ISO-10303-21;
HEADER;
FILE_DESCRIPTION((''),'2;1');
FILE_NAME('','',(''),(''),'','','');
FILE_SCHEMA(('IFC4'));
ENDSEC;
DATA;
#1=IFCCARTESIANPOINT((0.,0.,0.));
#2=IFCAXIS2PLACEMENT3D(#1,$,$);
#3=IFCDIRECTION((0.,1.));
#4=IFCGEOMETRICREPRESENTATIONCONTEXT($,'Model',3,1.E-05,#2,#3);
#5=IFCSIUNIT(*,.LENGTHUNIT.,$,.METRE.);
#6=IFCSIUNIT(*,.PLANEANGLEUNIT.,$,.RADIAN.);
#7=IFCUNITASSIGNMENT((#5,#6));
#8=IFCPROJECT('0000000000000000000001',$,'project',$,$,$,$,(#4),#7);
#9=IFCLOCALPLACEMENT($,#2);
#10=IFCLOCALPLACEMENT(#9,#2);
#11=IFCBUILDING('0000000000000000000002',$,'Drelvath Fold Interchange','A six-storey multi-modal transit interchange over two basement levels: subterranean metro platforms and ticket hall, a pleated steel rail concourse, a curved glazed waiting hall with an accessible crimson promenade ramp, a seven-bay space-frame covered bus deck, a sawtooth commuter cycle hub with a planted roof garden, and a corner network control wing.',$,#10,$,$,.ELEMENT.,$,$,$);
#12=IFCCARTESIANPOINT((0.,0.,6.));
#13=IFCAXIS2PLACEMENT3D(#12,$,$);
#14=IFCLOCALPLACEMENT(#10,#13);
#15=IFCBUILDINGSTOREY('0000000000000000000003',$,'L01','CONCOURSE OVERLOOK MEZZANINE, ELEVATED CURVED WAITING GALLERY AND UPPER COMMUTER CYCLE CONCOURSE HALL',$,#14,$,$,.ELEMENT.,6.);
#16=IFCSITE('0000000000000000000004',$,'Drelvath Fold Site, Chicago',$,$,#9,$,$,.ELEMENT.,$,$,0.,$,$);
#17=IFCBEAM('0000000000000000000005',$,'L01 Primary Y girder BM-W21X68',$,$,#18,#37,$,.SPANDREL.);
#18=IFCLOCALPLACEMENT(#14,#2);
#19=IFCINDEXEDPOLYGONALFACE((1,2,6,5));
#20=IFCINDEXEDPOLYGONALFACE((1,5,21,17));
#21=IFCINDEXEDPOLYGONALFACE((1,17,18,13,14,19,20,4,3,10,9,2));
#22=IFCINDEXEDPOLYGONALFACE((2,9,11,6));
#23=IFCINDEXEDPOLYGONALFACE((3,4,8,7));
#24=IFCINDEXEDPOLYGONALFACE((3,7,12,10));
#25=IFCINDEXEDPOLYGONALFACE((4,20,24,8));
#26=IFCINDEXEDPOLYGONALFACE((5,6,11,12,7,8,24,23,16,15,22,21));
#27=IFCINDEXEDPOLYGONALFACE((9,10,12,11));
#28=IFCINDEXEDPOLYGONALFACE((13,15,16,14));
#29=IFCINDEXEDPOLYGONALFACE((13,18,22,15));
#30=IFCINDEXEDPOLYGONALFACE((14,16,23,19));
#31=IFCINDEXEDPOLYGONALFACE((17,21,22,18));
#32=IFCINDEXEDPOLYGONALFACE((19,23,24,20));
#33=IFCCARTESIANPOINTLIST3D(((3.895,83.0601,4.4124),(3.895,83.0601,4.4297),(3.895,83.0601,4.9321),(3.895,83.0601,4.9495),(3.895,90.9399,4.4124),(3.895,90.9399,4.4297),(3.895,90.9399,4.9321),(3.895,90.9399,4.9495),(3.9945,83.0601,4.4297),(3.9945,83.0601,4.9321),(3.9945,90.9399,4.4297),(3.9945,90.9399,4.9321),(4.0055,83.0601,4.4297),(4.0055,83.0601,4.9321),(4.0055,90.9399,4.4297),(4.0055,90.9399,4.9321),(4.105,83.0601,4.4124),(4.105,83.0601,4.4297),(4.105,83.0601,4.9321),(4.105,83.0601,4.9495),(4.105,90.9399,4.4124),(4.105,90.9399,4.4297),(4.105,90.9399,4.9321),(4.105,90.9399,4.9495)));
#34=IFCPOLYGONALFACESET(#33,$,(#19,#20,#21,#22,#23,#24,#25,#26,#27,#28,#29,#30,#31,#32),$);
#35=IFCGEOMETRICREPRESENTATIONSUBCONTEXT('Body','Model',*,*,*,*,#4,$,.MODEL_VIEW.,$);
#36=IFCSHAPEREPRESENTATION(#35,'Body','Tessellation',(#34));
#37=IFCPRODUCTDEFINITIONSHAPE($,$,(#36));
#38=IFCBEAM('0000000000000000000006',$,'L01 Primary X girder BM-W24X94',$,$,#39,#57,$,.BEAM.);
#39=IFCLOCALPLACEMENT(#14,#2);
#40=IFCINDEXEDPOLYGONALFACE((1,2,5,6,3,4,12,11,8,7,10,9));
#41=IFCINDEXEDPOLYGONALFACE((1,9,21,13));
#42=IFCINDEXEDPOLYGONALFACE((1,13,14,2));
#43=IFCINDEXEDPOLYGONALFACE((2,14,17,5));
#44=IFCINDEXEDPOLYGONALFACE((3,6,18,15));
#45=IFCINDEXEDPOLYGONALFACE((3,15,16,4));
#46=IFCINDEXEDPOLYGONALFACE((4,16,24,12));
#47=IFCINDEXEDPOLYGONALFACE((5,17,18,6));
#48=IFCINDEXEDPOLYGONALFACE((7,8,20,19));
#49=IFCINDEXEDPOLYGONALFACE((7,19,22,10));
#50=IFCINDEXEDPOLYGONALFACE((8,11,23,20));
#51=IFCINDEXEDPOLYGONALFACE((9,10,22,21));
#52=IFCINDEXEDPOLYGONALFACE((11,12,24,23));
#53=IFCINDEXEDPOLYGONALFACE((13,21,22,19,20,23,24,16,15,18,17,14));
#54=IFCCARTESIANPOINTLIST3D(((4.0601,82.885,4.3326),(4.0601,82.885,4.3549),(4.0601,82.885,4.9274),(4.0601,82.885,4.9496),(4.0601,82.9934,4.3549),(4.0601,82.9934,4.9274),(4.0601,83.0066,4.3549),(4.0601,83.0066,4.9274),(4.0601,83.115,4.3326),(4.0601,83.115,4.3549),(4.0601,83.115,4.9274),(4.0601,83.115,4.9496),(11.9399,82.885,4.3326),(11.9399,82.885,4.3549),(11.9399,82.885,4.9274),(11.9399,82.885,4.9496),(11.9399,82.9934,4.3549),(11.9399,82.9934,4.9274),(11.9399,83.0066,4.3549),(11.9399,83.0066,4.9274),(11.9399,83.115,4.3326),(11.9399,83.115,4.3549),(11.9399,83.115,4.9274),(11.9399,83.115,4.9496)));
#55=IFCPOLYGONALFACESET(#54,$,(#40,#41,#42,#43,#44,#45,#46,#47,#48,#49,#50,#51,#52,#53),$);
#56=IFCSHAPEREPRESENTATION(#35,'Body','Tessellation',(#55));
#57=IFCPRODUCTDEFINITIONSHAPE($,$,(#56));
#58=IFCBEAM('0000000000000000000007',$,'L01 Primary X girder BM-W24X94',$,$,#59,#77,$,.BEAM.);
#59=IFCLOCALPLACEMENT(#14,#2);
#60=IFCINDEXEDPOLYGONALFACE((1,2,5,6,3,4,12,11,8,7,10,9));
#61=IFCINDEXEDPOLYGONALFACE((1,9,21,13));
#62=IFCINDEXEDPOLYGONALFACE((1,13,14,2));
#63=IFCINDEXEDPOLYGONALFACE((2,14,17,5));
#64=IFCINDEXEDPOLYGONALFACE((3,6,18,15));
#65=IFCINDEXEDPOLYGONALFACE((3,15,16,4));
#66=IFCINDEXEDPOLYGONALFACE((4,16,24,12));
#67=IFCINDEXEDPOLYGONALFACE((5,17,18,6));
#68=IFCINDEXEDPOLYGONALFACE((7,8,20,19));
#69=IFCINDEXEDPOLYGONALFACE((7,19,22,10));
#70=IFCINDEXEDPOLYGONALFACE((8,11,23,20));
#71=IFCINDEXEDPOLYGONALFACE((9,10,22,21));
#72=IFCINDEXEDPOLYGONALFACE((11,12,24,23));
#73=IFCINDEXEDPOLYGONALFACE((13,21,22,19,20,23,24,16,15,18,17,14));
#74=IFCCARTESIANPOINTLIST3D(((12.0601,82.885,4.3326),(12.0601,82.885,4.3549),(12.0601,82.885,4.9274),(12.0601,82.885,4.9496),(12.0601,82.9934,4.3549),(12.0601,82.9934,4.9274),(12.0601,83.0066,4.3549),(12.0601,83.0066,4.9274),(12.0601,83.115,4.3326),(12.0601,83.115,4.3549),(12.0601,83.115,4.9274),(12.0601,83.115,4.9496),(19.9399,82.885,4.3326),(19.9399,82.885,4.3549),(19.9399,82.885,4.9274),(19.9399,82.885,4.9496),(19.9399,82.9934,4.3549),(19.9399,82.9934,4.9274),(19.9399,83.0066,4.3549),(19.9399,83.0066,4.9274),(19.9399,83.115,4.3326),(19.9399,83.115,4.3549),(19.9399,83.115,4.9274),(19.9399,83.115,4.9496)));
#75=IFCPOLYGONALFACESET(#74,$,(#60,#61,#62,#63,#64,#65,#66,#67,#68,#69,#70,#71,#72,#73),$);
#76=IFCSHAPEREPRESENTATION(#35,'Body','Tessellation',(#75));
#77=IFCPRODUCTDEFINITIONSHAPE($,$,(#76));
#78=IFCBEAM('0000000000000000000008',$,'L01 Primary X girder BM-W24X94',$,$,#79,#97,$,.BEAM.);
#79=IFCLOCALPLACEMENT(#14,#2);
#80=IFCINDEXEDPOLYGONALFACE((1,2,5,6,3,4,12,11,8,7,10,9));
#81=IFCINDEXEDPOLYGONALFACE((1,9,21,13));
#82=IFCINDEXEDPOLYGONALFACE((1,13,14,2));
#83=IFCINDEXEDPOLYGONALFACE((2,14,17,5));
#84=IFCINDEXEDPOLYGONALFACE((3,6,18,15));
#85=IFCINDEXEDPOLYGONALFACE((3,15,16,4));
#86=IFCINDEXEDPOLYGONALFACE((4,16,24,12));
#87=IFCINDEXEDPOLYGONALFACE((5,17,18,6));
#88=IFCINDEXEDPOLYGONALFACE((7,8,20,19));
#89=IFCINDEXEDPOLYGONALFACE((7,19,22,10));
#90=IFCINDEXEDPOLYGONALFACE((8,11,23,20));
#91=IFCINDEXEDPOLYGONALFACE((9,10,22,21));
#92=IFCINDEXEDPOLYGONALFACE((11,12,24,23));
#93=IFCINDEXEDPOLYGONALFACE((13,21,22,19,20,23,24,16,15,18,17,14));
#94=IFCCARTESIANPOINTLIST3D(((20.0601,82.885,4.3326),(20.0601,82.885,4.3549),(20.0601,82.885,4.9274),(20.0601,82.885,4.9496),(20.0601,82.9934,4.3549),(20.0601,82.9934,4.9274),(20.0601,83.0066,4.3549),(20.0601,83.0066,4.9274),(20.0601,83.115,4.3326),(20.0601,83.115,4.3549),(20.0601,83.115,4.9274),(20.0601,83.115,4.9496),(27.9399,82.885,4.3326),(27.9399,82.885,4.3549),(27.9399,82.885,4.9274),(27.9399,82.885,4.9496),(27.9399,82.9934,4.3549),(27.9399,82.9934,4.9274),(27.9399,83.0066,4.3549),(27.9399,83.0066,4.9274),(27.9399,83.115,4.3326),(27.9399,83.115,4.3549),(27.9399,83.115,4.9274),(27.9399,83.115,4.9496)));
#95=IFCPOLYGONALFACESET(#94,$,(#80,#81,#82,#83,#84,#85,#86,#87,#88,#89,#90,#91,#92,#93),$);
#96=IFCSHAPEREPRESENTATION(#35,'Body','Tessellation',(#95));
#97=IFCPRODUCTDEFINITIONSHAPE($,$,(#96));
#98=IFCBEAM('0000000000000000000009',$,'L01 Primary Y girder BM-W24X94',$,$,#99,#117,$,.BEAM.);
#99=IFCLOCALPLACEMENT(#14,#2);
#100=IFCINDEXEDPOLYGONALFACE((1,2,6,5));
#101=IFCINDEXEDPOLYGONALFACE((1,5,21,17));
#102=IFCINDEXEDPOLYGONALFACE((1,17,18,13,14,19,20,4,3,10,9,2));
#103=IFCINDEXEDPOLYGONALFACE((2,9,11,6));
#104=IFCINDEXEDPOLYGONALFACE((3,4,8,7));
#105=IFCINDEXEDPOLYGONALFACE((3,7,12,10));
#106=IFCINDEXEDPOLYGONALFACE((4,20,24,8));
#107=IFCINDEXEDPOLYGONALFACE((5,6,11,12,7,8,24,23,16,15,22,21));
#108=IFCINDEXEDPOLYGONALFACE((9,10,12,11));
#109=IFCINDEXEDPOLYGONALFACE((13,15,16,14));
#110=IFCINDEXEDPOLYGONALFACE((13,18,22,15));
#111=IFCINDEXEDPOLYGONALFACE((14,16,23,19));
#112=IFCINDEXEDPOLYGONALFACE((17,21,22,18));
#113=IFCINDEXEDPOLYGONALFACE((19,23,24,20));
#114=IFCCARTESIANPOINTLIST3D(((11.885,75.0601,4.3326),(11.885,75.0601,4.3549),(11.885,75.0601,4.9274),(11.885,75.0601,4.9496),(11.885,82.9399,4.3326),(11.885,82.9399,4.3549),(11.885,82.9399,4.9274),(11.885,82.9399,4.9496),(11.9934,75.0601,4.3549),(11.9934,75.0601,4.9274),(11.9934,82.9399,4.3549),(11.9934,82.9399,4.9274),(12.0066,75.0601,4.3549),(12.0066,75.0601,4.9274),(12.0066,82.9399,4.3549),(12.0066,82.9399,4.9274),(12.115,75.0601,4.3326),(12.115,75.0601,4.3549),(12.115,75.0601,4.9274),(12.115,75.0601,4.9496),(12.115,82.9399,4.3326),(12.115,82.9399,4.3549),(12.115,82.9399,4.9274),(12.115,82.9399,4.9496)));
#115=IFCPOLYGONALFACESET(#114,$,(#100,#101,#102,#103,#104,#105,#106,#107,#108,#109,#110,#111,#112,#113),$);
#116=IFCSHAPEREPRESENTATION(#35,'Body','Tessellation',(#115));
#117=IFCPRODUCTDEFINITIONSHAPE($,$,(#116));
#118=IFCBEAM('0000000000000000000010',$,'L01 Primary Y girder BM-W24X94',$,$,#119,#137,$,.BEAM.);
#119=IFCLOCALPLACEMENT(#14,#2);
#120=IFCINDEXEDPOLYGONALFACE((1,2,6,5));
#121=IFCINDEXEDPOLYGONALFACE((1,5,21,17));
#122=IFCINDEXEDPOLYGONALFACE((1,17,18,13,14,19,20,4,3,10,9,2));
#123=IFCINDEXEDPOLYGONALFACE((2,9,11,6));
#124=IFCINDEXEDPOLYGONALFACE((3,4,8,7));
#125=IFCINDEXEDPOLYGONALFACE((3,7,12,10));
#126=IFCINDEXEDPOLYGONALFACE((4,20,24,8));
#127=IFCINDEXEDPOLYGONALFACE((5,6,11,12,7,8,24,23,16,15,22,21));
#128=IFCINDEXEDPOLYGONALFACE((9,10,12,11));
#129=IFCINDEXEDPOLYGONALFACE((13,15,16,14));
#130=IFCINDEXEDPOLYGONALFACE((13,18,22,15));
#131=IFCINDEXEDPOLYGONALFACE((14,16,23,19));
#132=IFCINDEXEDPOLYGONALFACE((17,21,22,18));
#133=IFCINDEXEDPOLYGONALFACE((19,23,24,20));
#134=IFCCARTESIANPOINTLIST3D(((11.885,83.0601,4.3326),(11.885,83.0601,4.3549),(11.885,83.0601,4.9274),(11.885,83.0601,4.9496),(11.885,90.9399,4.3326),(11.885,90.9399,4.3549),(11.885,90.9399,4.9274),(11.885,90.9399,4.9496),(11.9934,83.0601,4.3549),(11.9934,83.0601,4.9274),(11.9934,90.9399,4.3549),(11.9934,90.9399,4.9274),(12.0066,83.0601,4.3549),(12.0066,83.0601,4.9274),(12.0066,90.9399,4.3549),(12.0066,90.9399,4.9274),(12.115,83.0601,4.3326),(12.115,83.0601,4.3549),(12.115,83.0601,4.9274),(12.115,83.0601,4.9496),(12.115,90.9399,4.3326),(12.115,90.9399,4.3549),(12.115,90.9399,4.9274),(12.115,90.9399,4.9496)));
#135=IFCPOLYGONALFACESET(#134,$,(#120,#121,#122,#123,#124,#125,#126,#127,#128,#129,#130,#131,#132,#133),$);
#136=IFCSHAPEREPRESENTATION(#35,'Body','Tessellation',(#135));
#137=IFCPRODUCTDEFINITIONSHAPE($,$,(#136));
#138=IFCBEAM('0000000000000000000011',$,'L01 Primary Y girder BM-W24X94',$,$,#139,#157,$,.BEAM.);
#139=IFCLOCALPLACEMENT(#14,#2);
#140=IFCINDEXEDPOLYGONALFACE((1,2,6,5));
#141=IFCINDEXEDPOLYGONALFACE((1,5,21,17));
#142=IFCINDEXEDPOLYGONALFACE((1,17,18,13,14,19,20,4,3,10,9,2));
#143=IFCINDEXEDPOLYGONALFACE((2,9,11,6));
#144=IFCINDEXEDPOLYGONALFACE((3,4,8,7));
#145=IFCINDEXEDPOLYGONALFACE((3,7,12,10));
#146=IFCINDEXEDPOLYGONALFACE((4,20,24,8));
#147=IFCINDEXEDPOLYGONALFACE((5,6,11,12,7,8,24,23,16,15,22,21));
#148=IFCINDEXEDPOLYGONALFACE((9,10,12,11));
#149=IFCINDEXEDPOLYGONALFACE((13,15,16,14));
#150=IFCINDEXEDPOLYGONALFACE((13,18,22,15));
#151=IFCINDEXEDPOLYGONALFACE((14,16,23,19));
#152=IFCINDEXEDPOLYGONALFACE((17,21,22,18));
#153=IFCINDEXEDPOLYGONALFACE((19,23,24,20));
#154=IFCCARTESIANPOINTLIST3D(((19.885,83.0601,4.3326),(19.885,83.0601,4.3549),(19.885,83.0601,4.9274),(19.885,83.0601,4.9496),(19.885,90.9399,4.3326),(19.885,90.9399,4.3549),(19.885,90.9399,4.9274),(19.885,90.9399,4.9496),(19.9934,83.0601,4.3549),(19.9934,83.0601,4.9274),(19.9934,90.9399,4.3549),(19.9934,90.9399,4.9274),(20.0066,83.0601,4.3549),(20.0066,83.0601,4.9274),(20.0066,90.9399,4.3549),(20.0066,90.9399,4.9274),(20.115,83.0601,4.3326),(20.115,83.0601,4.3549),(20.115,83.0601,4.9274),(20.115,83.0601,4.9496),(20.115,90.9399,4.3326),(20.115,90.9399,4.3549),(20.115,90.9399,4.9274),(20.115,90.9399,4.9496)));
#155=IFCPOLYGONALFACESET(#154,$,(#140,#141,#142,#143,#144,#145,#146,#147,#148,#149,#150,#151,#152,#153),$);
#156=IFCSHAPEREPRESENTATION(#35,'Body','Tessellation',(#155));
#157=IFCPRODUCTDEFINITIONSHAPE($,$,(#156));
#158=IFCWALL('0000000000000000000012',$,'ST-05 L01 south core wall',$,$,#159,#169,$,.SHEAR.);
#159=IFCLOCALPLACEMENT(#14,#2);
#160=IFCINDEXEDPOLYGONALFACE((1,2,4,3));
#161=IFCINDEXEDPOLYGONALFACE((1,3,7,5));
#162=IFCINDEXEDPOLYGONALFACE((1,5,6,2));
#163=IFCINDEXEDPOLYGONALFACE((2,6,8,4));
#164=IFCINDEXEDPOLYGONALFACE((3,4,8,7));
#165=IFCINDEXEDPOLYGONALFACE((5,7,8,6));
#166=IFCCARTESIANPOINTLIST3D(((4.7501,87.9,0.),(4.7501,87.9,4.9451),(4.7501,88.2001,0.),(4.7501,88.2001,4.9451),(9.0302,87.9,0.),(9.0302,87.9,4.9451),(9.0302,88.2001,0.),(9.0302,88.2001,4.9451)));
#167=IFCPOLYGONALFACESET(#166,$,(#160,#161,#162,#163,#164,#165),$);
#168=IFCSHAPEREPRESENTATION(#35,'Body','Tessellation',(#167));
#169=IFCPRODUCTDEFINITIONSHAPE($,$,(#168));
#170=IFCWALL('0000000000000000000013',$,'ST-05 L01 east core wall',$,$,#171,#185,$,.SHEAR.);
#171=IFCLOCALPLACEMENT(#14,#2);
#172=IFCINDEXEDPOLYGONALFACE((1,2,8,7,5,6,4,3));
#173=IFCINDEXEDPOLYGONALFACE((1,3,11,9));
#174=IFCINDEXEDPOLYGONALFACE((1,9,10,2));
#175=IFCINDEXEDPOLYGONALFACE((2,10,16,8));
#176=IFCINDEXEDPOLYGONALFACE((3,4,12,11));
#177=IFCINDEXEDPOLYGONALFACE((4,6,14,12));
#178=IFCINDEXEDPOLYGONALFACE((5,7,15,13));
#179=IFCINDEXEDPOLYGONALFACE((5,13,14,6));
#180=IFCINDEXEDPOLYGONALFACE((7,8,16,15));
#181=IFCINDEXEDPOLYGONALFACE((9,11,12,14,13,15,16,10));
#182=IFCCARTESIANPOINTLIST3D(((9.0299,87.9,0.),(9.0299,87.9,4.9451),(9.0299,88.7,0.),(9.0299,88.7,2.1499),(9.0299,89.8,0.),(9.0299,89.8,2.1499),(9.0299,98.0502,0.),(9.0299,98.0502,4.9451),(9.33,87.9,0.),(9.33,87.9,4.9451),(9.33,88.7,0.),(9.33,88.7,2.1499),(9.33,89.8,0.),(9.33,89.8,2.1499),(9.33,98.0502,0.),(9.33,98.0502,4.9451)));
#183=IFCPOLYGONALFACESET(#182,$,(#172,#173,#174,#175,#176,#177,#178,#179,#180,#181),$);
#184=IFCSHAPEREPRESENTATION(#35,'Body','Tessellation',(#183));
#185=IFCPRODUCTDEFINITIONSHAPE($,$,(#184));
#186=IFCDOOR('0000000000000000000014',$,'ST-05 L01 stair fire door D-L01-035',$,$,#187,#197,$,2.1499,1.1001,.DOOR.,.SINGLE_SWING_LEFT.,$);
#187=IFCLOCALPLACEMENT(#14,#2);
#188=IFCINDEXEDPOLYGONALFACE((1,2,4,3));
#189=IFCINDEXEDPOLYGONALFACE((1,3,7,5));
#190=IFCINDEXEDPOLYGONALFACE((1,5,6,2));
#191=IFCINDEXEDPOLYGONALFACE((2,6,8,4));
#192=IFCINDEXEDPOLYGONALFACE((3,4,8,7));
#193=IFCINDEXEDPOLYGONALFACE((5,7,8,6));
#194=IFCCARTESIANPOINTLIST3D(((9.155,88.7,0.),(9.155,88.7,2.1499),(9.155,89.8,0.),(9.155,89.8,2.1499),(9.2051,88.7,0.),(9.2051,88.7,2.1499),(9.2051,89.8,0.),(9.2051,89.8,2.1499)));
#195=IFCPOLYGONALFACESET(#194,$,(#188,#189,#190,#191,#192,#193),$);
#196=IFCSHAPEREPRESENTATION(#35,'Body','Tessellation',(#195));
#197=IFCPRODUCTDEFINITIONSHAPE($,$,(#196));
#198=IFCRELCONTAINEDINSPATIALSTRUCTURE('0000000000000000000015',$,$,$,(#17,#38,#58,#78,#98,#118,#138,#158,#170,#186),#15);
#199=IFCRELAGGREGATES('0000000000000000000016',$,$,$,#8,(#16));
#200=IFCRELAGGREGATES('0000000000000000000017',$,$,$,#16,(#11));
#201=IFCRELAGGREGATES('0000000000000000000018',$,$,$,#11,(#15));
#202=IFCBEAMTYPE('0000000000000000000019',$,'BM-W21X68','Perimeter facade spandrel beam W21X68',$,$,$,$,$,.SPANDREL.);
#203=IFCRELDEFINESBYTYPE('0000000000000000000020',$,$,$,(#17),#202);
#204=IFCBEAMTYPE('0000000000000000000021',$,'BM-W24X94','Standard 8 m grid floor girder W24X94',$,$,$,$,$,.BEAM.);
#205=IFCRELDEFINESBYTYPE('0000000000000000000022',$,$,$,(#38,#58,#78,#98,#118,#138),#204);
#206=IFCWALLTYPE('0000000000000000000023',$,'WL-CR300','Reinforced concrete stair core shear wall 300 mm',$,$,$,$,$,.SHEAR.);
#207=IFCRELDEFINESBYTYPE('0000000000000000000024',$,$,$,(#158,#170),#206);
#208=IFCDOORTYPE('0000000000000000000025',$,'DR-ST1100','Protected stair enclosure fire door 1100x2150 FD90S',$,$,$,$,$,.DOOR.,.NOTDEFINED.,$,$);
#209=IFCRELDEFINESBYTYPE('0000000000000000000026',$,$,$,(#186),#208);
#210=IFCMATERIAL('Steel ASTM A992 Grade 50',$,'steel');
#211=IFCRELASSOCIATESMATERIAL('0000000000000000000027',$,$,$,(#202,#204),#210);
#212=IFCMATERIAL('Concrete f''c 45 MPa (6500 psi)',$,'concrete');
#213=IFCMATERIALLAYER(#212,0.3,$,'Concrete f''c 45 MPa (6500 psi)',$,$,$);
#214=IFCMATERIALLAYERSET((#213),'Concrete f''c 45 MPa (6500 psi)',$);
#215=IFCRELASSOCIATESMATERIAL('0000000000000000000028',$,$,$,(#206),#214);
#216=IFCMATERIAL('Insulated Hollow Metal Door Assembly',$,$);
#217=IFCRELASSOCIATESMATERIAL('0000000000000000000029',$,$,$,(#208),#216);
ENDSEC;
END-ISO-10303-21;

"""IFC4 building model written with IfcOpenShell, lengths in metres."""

from ifc_helpers import new_model, si_unit, direction, frame, frame_2d, origin, origin_2d, place, context, subcontext, project, spatial, rectangle, i_section, extrude, material, layer, layer_set, material_profile, profile_set, type_object, element, fill, save


model = new_model("IFC4")

# Units and contexts
model_context = context("Model", 3, precision=1e-05, world=origin(), true_north=direction((0.0, 1.0)))
body_context = subcontext(model_context, "Body", "Model", "MODEL_VIEW")
ifc_project = project(units=[si_unit("LENGTHUNIT", "METRE"), si_unit("PLANEANGLEUNIT", "RADIAN")], contexts=[model_context])

# Site, building, storey
site_placement = place(None, origin())
site = spatial("IfcSite", under=ifc_project, at=site_placement, Name="Drelvath Fold Site, Chicago", CompositionType="ELEMENT", RefElevation=0.0)
building_placement = place(site_placement, origin())
building = spatial("IfcBuilding", under=site, at=building_placement, Name="Drelvath Fold Interchange", Description="A six-storey multi-modal transit interchange over two basement levels: subterranean metro platforms and ticket hall, a pleated steel rail concourse, a curved glazed waiting hall with an accessible crimson promenade ramp, a seven-bay space-frame covered bus deck, a sawtooth commuter cycle hub with a planted roof garden, and a corner network control wing.", CompositionType="ELEMENT")
storey_placement = place(building_placement, frame((0.0, 0.0, 6.0)))
storey = spatial("IfcBuildingStorey", under=building, at=storey_placement, Name="L01", Description="CONCOURSE OVERLOOK MEZZANINE, ELEVATED CURVED WAITING GALLERY AND UPPER COMMUTER CYCLE CONCOURSE HALL", CompositionType="ELEMENT", Elevation=6.0)

# Beams
ifc_material_1 = material(Name="Steel ASTM A992 Grade 50", Category="steel")
ifc_material_profile_1 = material_profile(ifc_material_1, i_section(OverallWidth=0.21, OverallDepth=0.5371, WebThickness=0.011, FlangeThickness=0.0173, at=origin_2d()), Name="W21X68")
ifc_profile_set_1 = profile_set([ifc_material_profile_1], Name="Steel ASTM A992 Grade 50")
beam_type_1 = type_object("IfcBeamType", Name="BM-W21X68", Description="Perimeter facade spandrel beam W21X68", PredefinedType="SPANDREL", material=ifc_profile_set_1)
beam_placement = place(storey_placement, frame((4.0, 83.0601, 4.6809), z_axis=(0.0, 1.0, 0.0), x_axis=(-1.0, 0.0, 0.0)))
element("IfcBeam", 1, at=beam_placement, inside=storey, type_object=beam_type_1, Name="L01 Primary Y girder BM-W21X68", PredefinedType="SPANDREL", context=body_context, shape_type="SweptSolid", body=[
    extrude(i_section(OverallWidth=0.21, OverallDepth=0.5371, WebThickness=0.011, FlangeThickness=0.0173, at=origin_2d()), origin(), (0.0, 0.0, 1.0), 7.8799),
])
ifc_material_profile_2 = material_profile(ifc_material_1, i_section(OverallWidth=0.23, OverallDepth=0.6169, WebThickness=0.0132, FlangeThickness=0.0222, at=origin_2d()), Name="W24X94")
ifc_profile_set_2 = profile_set([ifc_material_profile_2], Name="Steel ASTM A992 Grade 50")
beam_type_2 = type_object("IfcBeamType", Name="BM-W24X94", Description="Standard 8 m grid floor girder W24X94", PredefinedType="BEAM", material=ifc_profile_set_2)
for number, where, z_axis, x_axis, name in (
    (2, (4.0601, 83.0, 4.6411), (1.0, 0.0, 0.0), (0.0, 1.0, 0.0), "L01 Primary X girder BM-W24X94"),
    (3, (12.0601, 83.0, 4.6411), (1.0, 0.0, 0.0), (0.0, 1.0, 0.0), "L01 Primary X girder BM-W24X94"),
    (4, (20.0601, 83.0, 4.6411), (1.0, 0.0, 0.0), (0.0, 1.0, 0.0), "L01 Primary X girder BM-W24X94"),
    (5, (12.0, 75.0601, 4.6411), (0.0, 1.0, 0.0), (-1.0, 0.0, 0.0), "L01 Primary Y girder BM-W24X94"),
    (6, (12.0, 83.0601, 4.6411), (0.0, 1.0, 0.0), (-1.0, 0.0, 0.0), "L01 Primary Y girder BM-W24X94"),
    (7, (20.0, 83.0601, 4.6411), (0.0, 1.0, 0.0), (-1.0, 0.0, 0.0), "L01 Primary Y girder BM-W24X94"),
):
    element("IfcBeam", number, at=place(storey_placement, frame(where, z_axis=z_axis, x_axis=x_axis)), inside=storey, type_object=beam_type_2, Name=name, PredefinedType="BEAM", context=body_context, shape_type="SweptSolid", body=[
        extrude(i_section(OverallWidth=0.23, OverallDepth=0.6169, WebThickness=0.0132, FlangeThickness=0.0222, at=origin_2d()), origin(), (0.0, 0.0, 1.0), 7.8799),
    ])

# Wall
ifc_material_2 = material(Name="Concrete f'c 45 MPa (6500 psi)", Category="concrete")
ifc_layer_1 = layer(ifc_material_2, 0.3, Name="Concrete f'c 45 MPa (6500 psi)")
ifc_layer_set_1 = layer_set([ifc_layer_1], Name="Concrete f'c 45 MPa (6500 psi)")
wall_type_1 = type_object("IfcWallType", Name="WL-CR300", Description="Reinforced concrete stair core shear wall 300 mm", PredefinedType="SHEAR", material=ifc_layer_set_1)
wall_1_placement = place(storey_placement, frame((4.75, 88.05, 0.0), z_axis=(0.0, 0.0, 1.0), x_axis=(1.0, 0.0, 0.0)))
element("IfcWall", 8, at=wall_1_placement, inside=storey, type_object=wall_type_1, Name="ST-05 L01 south core wall", PredefinedType="SHEAR", context=body_context, shape_type="SweptSolid", body=[
    extrude(rectangle(XDim=4.28, YDim=0.3, at=frame_2d((2.1401, 0.0))), origin(), (0.0, 0.0, 1.0), 4.9451),
])

# Wall, opening, door
wall_2_placement = place(storey_placement, frame((9.1799, 87.8999, 0.0), z_axis=(0.0, 0.0, 1.0), x_axis=(0.0, 1.0, 0.0)))
wall_2 = element("IfcWall", 9, at=wall_2_placement, inside=storey, type_object=wall_type_1, Name="ST-05 L01 east core wall", PredefinedType="SHEAR", context=body_context, shape_type="SweptSolid", body=[
    extrude(rectangle(XDim=10.1501, YDim=0.3, at=frame_2d((5.0752, 0.0))), origin(), (0.0, 0.0, 1.0), 4.9451),
])
opening_1_placement = place(wall_2_placement, frame((0.8, 0.0, 0.0)))
opening_1 = element("IfcOpeningElement", 10, at=opening_1_placement, cuts=wall_2, PredefinedType="OPENING", context=body_context, shape_type="SweptSolid", body=[
    extrude(rectangle(XDim=1.1001, YDim=2.1499, at=frame_2d((0.55, 1.075))), frame((0.0, 0.1599, 0.0), z_axis=(0.0, -1.0, 0.0), x_axis=(1.0, 0.0, 0.0)), (0.0, 0.0, 1.0), 0.3201),
])
ifc_material_3 = material(Name="Insulated Hollow Metal Door Assembly")
door_type = type_object("IfcDoorType", Name="DR-ST1100", Description="Protected stair enclosure fire door 1100x2150 FD90S", OperationType="NOTDEFINED", PredefinedType="DOOR", material=ifc_material_3)
door_placement = place(opening_1_placement, origin())
door = element("IfcDoor", 11, at=door_placement, inside=storey, type_object=door_type, Name="ST-05 L01 stair fire door D-L01-035", OperationType="SINGLE_SWING_LEFT", OverallHeight=2.1499, OverallWidth=1.1001, PredefinedType="DOOR", context=body_context, shape_type="SweptSolid", body=[
    extrude(rectangle(XDim=1.1001, YDim=2.1499, at=frame_2d((0.55, 1.075))), frame((0.0, 0.0249, 0.0), z_axis=(0.0, -1.0, 0.0), x_axis=(1.0, 0.0, 0.0)), (0.0, 0.0, 1.0), 0.05),
])
fill(opening_1, door)

save(model, "model.ifc")
